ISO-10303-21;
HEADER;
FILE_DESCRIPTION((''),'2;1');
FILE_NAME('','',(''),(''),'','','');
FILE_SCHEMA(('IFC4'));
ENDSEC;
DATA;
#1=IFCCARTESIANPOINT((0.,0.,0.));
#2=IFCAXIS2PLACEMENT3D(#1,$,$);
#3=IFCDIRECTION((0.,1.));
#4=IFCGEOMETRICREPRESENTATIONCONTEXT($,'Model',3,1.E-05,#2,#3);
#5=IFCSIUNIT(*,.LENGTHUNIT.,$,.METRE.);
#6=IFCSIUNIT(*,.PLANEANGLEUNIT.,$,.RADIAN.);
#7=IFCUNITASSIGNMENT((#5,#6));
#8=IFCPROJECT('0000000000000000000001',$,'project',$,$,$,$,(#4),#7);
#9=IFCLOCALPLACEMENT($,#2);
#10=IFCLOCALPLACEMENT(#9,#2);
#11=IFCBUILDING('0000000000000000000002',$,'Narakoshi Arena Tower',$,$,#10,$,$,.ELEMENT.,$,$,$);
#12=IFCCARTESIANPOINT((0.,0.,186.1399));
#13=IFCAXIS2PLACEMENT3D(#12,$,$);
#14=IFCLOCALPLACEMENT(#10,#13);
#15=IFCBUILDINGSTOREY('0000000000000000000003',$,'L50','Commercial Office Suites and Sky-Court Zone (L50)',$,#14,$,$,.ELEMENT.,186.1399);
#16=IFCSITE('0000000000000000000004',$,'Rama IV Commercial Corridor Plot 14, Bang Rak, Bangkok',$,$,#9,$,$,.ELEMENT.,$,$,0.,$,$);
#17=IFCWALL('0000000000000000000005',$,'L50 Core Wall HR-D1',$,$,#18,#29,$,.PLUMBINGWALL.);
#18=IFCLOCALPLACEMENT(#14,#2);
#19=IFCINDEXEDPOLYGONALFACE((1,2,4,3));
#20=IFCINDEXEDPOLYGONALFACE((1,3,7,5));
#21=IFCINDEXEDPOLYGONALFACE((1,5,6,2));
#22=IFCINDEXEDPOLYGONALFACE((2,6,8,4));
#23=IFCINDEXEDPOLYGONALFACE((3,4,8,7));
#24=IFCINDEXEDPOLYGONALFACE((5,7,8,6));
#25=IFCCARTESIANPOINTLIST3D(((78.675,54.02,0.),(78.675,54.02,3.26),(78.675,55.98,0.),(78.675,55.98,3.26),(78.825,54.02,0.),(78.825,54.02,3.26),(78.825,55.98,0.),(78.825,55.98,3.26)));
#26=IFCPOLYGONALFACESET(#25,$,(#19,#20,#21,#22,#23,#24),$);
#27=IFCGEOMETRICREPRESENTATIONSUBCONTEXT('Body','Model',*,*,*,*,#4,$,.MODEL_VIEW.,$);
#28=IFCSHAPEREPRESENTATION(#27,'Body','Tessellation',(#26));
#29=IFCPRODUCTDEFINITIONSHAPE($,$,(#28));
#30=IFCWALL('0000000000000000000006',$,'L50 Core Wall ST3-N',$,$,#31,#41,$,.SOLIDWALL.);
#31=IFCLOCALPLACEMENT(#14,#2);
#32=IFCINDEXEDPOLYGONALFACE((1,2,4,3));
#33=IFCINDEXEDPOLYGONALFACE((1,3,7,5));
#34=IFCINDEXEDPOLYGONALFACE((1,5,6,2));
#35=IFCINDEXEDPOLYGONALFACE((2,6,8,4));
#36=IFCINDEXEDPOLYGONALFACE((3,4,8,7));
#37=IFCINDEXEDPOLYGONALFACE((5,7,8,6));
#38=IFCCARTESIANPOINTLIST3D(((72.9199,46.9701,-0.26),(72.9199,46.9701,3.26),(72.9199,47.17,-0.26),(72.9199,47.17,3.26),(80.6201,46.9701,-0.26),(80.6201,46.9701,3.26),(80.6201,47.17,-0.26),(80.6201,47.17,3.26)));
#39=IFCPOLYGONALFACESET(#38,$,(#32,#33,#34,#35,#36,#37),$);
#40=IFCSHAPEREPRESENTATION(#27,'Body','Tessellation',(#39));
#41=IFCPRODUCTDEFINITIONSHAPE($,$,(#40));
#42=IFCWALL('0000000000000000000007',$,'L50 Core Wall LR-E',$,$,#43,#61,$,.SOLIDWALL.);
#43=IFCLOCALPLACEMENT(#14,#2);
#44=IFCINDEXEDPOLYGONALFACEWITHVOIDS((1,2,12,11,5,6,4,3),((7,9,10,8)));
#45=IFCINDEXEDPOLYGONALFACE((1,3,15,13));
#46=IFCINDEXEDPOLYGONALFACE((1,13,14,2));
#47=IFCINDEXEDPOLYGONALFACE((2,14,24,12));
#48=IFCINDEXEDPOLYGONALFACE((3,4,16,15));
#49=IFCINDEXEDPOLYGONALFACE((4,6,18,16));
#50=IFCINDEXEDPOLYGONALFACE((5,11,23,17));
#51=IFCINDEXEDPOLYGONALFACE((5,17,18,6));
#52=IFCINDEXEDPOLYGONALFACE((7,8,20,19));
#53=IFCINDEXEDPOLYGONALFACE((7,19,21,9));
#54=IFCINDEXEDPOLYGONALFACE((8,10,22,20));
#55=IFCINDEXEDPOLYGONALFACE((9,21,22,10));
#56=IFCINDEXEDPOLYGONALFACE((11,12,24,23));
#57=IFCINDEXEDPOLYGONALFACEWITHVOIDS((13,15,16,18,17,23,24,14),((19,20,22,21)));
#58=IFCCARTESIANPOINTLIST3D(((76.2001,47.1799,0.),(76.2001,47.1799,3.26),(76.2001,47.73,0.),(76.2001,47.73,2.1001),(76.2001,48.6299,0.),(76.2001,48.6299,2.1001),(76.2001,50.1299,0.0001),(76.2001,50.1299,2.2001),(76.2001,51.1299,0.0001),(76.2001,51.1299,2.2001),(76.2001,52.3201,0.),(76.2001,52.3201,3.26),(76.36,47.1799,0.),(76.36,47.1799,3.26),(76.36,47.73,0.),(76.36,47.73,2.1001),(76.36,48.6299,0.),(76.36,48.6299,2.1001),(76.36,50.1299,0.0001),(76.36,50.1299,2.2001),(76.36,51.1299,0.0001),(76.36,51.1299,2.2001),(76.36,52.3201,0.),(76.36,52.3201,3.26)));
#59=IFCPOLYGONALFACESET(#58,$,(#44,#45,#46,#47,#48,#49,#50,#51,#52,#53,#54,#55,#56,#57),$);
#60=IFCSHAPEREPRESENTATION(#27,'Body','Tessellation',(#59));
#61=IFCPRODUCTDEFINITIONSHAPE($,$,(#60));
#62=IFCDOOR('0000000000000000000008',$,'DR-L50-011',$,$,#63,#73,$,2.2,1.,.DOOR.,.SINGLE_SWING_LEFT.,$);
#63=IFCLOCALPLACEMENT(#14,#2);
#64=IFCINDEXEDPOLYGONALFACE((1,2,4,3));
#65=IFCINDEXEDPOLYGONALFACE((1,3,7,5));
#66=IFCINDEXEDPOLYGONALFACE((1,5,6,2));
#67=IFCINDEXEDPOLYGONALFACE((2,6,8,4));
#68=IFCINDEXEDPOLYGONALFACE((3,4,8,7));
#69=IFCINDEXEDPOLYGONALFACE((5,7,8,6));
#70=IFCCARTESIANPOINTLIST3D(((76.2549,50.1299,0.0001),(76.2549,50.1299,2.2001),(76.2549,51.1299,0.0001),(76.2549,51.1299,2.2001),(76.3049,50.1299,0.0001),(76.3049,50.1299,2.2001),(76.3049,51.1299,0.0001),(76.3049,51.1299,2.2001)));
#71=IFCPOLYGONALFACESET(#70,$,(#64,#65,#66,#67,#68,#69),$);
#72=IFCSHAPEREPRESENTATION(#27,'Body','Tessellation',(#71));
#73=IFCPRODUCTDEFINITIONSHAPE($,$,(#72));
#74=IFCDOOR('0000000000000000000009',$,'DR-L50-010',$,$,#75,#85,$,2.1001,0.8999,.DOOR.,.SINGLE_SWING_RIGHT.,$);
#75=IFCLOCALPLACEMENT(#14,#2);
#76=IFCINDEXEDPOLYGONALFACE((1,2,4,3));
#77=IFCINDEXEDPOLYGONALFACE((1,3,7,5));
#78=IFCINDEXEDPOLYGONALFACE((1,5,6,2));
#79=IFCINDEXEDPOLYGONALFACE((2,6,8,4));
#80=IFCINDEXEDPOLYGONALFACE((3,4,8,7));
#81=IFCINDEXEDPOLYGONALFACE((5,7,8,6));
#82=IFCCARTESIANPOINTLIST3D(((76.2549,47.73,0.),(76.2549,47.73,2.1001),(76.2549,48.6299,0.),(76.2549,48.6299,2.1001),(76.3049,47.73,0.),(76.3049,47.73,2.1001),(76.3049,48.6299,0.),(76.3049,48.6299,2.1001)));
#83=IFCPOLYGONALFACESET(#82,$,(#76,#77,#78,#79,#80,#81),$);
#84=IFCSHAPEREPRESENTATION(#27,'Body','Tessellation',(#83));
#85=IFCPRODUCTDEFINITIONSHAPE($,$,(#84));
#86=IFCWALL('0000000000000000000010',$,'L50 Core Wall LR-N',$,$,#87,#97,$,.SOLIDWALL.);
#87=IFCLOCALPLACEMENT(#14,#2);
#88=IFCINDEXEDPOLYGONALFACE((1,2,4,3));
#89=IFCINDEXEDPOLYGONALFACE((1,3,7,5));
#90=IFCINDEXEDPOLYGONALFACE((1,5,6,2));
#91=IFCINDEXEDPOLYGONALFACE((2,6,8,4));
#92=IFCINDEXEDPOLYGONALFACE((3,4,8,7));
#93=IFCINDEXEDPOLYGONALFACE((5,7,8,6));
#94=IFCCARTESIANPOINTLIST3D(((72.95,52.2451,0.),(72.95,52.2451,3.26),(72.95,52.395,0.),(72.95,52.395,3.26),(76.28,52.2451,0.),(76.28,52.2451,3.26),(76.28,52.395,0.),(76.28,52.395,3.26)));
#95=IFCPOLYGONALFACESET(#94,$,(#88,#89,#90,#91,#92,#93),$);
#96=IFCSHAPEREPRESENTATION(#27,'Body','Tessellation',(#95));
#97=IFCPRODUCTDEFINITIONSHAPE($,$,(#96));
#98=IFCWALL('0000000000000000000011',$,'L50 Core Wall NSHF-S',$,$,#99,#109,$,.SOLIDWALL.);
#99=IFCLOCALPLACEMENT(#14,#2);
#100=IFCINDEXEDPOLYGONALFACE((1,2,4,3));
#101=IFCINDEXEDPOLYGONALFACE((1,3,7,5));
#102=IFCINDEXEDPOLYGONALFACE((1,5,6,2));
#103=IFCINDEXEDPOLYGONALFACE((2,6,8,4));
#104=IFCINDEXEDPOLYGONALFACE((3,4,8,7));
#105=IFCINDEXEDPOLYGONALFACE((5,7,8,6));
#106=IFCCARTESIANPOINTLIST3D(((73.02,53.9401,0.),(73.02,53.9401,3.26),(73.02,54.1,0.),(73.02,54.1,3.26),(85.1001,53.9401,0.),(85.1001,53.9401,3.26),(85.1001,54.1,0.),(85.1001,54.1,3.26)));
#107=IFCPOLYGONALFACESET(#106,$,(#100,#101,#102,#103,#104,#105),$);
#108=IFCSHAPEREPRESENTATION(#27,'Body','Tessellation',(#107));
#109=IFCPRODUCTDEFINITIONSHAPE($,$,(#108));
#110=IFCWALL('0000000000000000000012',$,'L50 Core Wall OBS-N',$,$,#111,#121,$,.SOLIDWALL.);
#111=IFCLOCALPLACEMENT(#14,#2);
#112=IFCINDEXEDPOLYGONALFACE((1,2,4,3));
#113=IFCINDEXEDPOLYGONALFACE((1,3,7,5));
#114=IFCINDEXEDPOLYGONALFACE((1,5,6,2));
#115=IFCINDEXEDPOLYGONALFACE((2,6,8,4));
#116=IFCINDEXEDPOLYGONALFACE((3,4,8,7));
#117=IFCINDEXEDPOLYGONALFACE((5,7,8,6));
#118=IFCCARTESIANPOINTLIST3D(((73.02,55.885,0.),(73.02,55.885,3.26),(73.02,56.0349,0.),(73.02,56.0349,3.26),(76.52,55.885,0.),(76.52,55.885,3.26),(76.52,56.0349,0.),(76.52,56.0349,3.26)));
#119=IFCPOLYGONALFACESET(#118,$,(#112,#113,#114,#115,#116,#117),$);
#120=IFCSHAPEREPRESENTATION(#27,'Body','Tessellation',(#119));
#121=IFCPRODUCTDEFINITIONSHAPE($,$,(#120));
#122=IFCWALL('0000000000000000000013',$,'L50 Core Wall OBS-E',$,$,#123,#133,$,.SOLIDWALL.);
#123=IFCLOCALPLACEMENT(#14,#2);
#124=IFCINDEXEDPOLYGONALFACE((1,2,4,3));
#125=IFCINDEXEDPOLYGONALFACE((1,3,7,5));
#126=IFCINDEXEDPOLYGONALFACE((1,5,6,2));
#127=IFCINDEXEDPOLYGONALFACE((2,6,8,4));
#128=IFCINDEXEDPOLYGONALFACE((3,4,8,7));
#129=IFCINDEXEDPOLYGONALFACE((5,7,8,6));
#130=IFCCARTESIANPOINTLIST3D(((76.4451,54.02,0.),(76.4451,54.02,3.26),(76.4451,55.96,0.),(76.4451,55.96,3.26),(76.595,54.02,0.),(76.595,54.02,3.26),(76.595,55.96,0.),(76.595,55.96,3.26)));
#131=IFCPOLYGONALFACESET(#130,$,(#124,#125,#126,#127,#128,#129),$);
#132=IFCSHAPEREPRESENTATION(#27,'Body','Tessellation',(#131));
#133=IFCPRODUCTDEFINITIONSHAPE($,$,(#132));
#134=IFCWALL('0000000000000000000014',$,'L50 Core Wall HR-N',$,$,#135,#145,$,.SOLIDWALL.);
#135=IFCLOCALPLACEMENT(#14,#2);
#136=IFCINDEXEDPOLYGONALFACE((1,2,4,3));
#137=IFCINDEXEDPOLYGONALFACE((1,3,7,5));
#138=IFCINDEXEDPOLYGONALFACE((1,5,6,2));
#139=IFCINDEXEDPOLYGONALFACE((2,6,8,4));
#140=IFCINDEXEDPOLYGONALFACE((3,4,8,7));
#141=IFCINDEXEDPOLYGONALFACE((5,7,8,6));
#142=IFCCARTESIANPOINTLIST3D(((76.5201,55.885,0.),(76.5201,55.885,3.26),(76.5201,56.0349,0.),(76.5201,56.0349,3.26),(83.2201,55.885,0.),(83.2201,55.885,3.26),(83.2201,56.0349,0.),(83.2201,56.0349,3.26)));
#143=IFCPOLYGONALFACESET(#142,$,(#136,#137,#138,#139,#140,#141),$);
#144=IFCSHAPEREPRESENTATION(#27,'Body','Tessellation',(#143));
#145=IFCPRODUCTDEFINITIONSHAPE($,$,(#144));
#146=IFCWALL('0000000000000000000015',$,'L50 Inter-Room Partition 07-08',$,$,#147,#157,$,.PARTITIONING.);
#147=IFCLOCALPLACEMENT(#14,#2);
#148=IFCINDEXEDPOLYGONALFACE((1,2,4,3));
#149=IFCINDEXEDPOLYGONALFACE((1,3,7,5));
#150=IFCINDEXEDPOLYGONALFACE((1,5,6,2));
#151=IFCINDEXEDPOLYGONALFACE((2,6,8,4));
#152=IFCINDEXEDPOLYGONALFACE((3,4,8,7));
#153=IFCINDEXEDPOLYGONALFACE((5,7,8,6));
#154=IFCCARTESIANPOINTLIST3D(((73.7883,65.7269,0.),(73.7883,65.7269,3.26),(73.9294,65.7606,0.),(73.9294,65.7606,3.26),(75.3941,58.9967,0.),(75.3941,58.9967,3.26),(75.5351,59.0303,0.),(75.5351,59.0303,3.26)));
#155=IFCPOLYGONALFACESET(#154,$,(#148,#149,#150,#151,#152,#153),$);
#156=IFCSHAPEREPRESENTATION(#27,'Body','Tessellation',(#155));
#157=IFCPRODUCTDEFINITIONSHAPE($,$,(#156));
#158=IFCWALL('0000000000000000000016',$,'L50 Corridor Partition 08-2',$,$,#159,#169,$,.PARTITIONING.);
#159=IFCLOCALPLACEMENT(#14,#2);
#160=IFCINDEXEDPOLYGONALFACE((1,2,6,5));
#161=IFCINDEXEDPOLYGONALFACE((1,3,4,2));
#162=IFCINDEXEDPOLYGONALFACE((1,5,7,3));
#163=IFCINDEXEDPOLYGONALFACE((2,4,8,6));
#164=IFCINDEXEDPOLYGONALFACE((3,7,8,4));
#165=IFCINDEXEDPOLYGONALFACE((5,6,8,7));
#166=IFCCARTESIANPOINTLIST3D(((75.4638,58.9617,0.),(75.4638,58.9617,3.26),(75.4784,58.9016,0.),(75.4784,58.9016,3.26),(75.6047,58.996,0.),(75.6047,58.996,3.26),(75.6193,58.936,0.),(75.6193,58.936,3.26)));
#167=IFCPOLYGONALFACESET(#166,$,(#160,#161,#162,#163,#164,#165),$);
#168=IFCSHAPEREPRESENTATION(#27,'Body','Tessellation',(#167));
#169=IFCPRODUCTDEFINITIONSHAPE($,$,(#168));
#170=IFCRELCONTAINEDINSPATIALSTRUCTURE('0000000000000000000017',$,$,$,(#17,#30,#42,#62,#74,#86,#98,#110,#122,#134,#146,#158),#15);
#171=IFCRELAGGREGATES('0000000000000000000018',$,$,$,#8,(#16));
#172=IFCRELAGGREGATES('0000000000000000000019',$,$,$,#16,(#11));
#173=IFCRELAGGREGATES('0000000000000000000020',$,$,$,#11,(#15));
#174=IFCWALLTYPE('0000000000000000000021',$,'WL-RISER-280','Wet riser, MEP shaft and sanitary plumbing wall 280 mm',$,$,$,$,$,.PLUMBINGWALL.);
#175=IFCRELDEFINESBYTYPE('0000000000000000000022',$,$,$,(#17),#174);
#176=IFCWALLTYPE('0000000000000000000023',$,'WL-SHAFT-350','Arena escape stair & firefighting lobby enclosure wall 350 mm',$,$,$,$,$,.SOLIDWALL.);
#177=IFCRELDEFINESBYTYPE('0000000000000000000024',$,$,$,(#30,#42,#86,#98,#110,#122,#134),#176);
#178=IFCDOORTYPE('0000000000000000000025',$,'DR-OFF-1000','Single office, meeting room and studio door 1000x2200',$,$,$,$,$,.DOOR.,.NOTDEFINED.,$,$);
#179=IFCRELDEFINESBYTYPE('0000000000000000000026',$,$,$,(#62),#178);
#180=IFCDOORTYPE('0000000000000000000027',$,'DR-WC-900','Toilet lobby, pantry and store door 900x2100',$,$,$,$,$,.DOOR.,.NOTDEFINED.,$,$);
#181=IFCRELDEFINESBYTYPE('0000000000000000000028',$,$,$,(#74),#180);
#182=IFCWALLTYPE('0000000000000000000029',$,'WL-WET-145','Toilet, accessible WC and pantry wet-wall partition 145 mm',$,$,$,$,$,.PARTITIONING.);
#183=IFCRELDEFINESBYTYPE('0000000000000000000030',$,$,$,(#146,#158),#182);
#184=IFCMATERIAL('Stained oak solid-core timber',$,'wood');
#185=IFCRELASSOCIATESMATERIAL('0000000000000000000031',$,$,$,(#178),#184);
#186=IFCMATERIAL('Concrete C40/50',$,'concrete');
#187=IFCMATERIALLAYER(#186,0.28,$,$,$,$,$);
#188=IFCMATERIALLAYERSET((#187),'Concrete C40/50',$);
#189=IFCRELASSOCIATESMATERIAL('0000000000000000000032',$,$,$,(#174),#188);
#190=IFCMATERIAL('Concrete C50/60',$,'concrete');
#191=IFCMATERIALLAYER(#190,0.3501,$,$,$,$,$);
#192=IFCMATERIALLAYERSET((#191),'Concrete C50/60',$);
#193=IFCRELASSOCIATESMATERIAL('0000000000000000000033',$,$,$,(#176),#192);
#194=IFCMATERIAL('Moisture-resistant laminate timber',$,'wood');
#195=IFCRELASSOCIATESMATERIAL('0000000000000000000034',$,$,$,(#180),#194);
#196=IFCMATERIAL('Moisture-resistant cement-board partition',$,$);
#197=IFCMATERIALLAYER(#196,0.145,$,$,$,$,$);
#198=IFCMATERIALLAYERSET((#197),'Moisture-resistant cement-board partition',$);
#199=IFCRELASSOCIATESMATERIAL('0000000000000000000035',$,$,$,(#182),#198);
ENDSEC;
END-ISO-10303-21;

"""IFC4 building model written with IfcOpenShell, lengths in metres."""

from ifc_helpers import new_model, si_unit, direction, frame, frame_2d, origin, place, context, subcontext, project, spatial, rectangle, extrude, material, layer, layer_set, type_object, element, fill, save


model = new_model("IFC4")

# Units and contexts
model_context = context("Model", 3, precision=1e-05, world=origin(), true_north=direction((0.0, 1.0)))
body_context = subcontext(model_context, "Body", "Model", "MODEL_VIEW")
ifc_project = project(units=[si_unit("LENGTHUNIT", "METRE"), si_unit("PLANEANGLEUNIT", "RADIAN")], contexts=[model_context])

# Site, building, storey
site_placement = place(None, origin())
site = spatial("IfcSite", under=ifc_project, at=site_placement, Name="Rama IV Commercial Corridor Plot 14, Bang Rak, Bangkok", CompositionType="ELEMENT", RefElevation=0.0)
building_placement = place(site_placement, origin())
building = spatial("IfcBuilding", under=site, at=building_placement, Name="Narakoshi Arena Tower", CompositionType="ELEMENT")
storey_placement = place(building_placement, frame((0.0, 0.0, 186.1399)))
storey = spatial("IfcBuildingStorey", under=building, at=storey_placement, Name="L50", Description="Commercial Office Suites and Sky-Court Zone (L50)", CompositionType="ELEMENT", Elevation=186.1399)

# Shared definitions
ifc_material_1 = material(Name="Stained oak solid-core timber", Category="wood")
door_type_1 = type_object("IfcDoorType", Name="DR-OFF-1000", Description="Single office, meeting room and studio door 1000x2200", OperationType="NOTDEFINED", PredefinedType="DOOR", material=ifc_material_1)

# Walls
ifc_material_2 = material(Name="Concrete C40/50", Category="concrete")
ifc_layer_1 = layer(ifc_material_2, 0.28)
ifc_layer_set_1 = layer_set([ifc_layer_1], Name="Concrete C40/50")
wall_type_1 = type_object("IfcWallType", Name="WL-RISER-280", Description="Wet riser, MEP shaft and sanitary plumbing wall 280 mm", PredefinedType="PLUMBINGWALL", material=ifc_layer_set_1)
wall_1_placement = place(storey_placement, frame((78.75, 54.02, 0.0), z_axis=(0.0, 0.0, 1.0), x_axis=(0.0, 1.0, 0.0)))
element("IfcWall", 1, at=wall_1_placement, inside=storey, type_object=wall_type_1, Name="L50 Core Wall HR-D1", PredefinedType="PLUMBINGWALL", context=body_context, shape_type="SweptSolid", body=[
    extrude(rectangle(XDim=1.96, YDim=0.1499, at=frame_2d((0.98, 0.0))), origin(), (0.0, 0.0, 1.0), 3.26),
])
ifc_material_3 = material(Name="Concrete C50/60", Category="concrete")
ifc_layer_2 = layer(ifc_material_3, 0.3501)
ifc_layer_set_2 = layer_set([ifc_layer_2], Name="Concrete C50/60")
wall_type_2 = type_object("IfcWallType", Name="WL-SHAFT-350", Description="Arena escape stair & firefighting lobby enclosure wall 350 mm", PredefinedType="SOLIDWALL", material=ifc_layer_set_2)
wall_2_placement = place(storey_placement, frame((72.9199, 47.0701, -0.26), z_axis=(0.0, 0.0, 1.0), x_axis=(1.0, 0.0, 0.0)))
element("IfcWall", 2, at=wall_2_placement, inside=storey, type_object=wall_type_2, Name="L50 Core Wall ST3-N", PredefinedType="SOLIDWALL", context=body_context, shape_type="SweptSolid", body=[
    extrude(rectangle(XDim=7.7002, YDim=0.2, at=frame_2d((3.8501, 0.0))), origin(), (0.0, 0.0, 1.0), 3.52),
])

# Wall, openings, doors
wall_3_placement = place(storey_placement, frame((76.28, 47.1799, 0.0), z_axis=(0.0, 0.0, 1.0), x_axis=(0.0, 1.0, 0.0)))
wall_3 = element("IfcWall", 3, at=wall_3_placement, inside=storey, type_object=wall_type_2, Name="L50 Core Wall LR-E", PredefinedType="SOLIDWALL", context=body_context, shape_type="SweptSolid", body=[
    extrude(rectangle(XDim=5.1401, YDim=0.1599, at=frame_2d((2.5701, 0.0))), origin(), (0.0, 0.0, 1.0), 3.26),
])
opening_1_placement = place(wall_3_placement, frame((0.55, 0.0, 0.0)))
opening_1 = element("IfcOpeningElement", 4, at=opening_1_placement, cuts=wall_3, PredefinedType="OPENING", context=body_context, shape_type="SweptSolid", body=[
    extrude(rectangle(XDim=0.8999, YDim=2.1001, at=frame_2d((0.45, 1.05))), frame((0.0, 0.0898, 0.0), z_axis=(0.0, -1.0, 0.0), x_axis=(1.0, 0.0, 0.0)), (0.0, 0.0, 1.0), 0.1799),
])
opening_2_placement = place(wall_3_placement, frame((2.95, 0.0, 0.0)))
opening_2 = element("IfcOpeningElement", 5, at=opening_2_placement, cuts=wall_3, PredefinedType="OPENING", context=body_context, shape_type="SweptSolid", body=[
    extrude(rectangle(XDim=1.0, YDim=2.2, at=frame_2d((0.5, 1.1001))), frame((0.0, 0.0898, 0.0), z_axis=(0.0, -1.0, 0.0), x_axis=(1.0, 0.0, 0.0)), (0.0, 0.0, 1.0), 0.1799),
])
door_1_placement = place(opening_2_placement, frame((1.0, 0.0, 0.0), z_axis=(0.0, 0.0, 1.0), x_axis=(-1.0, 0.0, 0.0)))
door_1 = element("IfcDoor", 6, at=door_1_placement, inside=storey, type_object=door_type_1, Name="DR-L50-011", OperationType="SINGLE_SWING_LEFT", OverallHeight=2.2, OverallWidth=1.0, PredefinedType="DOOR", context=body_context, shape_type="SweptSolid", body=[
    extrude(rectangle(XDim=1.0, YDim=2.2, at=frame_2d((0.5, 1.1001))), frame((0.0, 0.0249, 0.0), z_axis=(0.0, -1.0, 0.0), x_axis=(1.0, 0.0, 0.0)), (0.0, 0.0, 1.0), 0.05),
])
fill(opening_2, door_1)
ifc_material_4 = material(Name="Moisture-resistant laminate timber", Category="wood")
door_type_2 = type_object("IfcDoorType", Name="DR-WC-900", Description="Toilet lobby, pantry and store door 900x2100", OperationType="NOTDEFINED", PredefinedType="DOOR", material=ifc_material_4)
door_2_placement = place(opening_1_placement, frame((0.8999, 0.0, 0.0), z_axis=(0.0, 0.0, 1.0), x_axis=(-1.0, 0.0, 0.0)))
door_2 = element("IfcDoor", 7, at=door_2_placement, inside=storey, type_object=door_type_2, Name="DR-L50-010", OperationType="SINGLE_SWING_RIGHT", OverallHeight=2.1001, OverallWidth=0.8999, PredefinedType="DOOR", context=body_context, shape_type="SweptSolid", body=[
    extrude(rectangle(XDim=0.8999, YDim=2.1001, at=frame_2d((0.45, 1.05))), frame((0.0, 0.0249, 0.0), z_axis=(0.0, -1.0, 0.0), x_axis=(1.0, 0.0, 0.0)), (0.0, 0.0, 1.0), 0.05),
])
fill(opening_1, door_2)

# Walls
wall_4_placement = place(storey_placement, frame((72.95, 52.3201, 0.0), z_axis=(0.0, 0.0, 1.0), x_axis=(1.0, 0.0, 0.0)))
element("IfcWall", 8, at=wall_4_placement, inside=storey, type_object=wall_type_2, Name="L50 Core Wall LR-N", PredefinedType="SOLIDWALL", context=body_context, shape_type="SweptSolid", body=[
    extrude(rectangle(XDim=3.3301, YDim=0.1499, at=frame_2d((1.665, 0.0))), origin(), (0.0, 0.0, 1.0), 3.26),
])
wall_5_placement = place(storey_placement, frame((73.02, 54.02, 0.0), z_axis=(0.0, 0.0, 1.0), x_axis=(1.0, 0.0, 0.0)))
element("IfcWall", 9, at=wall_5_placement, inside=storey, type_object=wall_type_2, Name="L50 Core Wall NSHF-S", PredefinedType="SOLIDWALL", context=body_context, shape_type="SweptSolid", body=[
    extrude(rectangle(XDim=12.0801, YDim=0.1599, at=frame_2d((6.04, 0.0))), origin(), (0.0, 0.0, 1.0), 3.26),
])
wall_6_placement = place(storey_placement, frame((73.02, 55.96, 0.0), z_axis=(0.0, 0.0, 1.0), x_axis=(1.0, 0.0, 0.0)))
element("IfcWall", 10, at=wall_6_placement, inside=storey, type_object=wall_type_2, Name="L50 Core Wall OBS-N", PredefinedType="SOLIDWALL", context=body_context, shape_type="SweptSolid", body=[
    extrude(rectangle(XDim=3.5, YDim=0.1499, at=frame_2d((1.75, 0.0))), origin(), (0.0, 0.0, 1.0), 3.26),
])
wall_7_placement = place(storey_placement, frame((76.52, 54.02, 0.0), z_axis=(0.0, 0.0, 1.0), x_axis=(0.0, 1.0, 0.0)))
element("IfcWall", 11, at=wall_7_placement, inside=storey, type_object=wall_type_2, Name="L50 Core Wall OBS-E", PredefinedType="SOLIDWALL", context=body_context, shape_type="SweptSolid", body=[
    extrude(rectangle(XDim=1.9399, YDim=0.1499, at=frame_2d((0.97, 0.0))), origin(), (0.0, 0.0, 1.0), 3.26),
])
wall_8_placement = place(storey_placement, frame((76.52, 55.96, 0.0), z_axis=(0.0, 0.0, 1.0), x_axis=(1.0, 0.0, 0.0)))
element("IfcWall", 12, at=wall_8_placement, inside=storey, type_object=wall_type_2, Name="L50 Core Wall HR-N", PredefinedType="SOLIDWALL", context=body_context, shape_type="SweptSolid", body=[
    extrude(rectangle(XDim=6.7, YDim=0.1499, at=frame_2d((3.3501, 0.0))), origin(), (0.0, 0.0, 1.0), 3.26),
])
ifc_material_5 = material(Name="Moisture-resistant cement-board partition")
ifc_layer_3 = layer(ifc_material_5, 0.145)
ifc_layer_set_3 = layer_set([ifc_layer_3], Name="Moisture-resistant cement-board partition")
wall_type_3 = type_object("IfcWallType", Name="WL-WET-145", Description="Toilet, accessible WC and pantry wet-wall partition 145 mm", PredefinedType="PARTITIONING", material=ifc_layer_set_3)
wall_9_placement = place(storey_placement, frame((73.8589, 65.7437, 0.0), z_axis=(0.0, 0.0, 1.0), x_axis=(0.232069, -0.972699, 0.0)))
element("IfcWall", 13, at=wall_9_placement, inside=storey, type_object=wall_type_3, Name="L50 Inter-Room Partition 07-08", PredefinedType="PARTITIONING", context=body_context, shape_type="SweptSolid", body=[
    extrude(rectangle(XDim=6.9192, YDim=0.145, at=frame_2d((3.4595, 0.0))), origin(), (0.0, 0.0, 1.0), 3.26),
])
wall_10_placement = place(storey_placement, frame((75.5488, 58.9189, 0.0), z_axis=(0.0, 0.0, 1.0), x_axis=(-0.236956, 0.97152, 0.0)))
element("IfcWall", 14, at=wall_10_placement, inside=storey, type_object=wall_type_3, Name="L50 Corridor Partition 08-2", PredefinedType="PARTITIONING", context=body_context, shape_type="SweptSolid", body=[
    extrude(rectangle(XDim=0.0618, YDim=0.145, at=frame_2d((0.0308, 0.0))), origin(), (0.0, 0.0, 1.0), 3.26),
])

save(model, "model.ifc")
